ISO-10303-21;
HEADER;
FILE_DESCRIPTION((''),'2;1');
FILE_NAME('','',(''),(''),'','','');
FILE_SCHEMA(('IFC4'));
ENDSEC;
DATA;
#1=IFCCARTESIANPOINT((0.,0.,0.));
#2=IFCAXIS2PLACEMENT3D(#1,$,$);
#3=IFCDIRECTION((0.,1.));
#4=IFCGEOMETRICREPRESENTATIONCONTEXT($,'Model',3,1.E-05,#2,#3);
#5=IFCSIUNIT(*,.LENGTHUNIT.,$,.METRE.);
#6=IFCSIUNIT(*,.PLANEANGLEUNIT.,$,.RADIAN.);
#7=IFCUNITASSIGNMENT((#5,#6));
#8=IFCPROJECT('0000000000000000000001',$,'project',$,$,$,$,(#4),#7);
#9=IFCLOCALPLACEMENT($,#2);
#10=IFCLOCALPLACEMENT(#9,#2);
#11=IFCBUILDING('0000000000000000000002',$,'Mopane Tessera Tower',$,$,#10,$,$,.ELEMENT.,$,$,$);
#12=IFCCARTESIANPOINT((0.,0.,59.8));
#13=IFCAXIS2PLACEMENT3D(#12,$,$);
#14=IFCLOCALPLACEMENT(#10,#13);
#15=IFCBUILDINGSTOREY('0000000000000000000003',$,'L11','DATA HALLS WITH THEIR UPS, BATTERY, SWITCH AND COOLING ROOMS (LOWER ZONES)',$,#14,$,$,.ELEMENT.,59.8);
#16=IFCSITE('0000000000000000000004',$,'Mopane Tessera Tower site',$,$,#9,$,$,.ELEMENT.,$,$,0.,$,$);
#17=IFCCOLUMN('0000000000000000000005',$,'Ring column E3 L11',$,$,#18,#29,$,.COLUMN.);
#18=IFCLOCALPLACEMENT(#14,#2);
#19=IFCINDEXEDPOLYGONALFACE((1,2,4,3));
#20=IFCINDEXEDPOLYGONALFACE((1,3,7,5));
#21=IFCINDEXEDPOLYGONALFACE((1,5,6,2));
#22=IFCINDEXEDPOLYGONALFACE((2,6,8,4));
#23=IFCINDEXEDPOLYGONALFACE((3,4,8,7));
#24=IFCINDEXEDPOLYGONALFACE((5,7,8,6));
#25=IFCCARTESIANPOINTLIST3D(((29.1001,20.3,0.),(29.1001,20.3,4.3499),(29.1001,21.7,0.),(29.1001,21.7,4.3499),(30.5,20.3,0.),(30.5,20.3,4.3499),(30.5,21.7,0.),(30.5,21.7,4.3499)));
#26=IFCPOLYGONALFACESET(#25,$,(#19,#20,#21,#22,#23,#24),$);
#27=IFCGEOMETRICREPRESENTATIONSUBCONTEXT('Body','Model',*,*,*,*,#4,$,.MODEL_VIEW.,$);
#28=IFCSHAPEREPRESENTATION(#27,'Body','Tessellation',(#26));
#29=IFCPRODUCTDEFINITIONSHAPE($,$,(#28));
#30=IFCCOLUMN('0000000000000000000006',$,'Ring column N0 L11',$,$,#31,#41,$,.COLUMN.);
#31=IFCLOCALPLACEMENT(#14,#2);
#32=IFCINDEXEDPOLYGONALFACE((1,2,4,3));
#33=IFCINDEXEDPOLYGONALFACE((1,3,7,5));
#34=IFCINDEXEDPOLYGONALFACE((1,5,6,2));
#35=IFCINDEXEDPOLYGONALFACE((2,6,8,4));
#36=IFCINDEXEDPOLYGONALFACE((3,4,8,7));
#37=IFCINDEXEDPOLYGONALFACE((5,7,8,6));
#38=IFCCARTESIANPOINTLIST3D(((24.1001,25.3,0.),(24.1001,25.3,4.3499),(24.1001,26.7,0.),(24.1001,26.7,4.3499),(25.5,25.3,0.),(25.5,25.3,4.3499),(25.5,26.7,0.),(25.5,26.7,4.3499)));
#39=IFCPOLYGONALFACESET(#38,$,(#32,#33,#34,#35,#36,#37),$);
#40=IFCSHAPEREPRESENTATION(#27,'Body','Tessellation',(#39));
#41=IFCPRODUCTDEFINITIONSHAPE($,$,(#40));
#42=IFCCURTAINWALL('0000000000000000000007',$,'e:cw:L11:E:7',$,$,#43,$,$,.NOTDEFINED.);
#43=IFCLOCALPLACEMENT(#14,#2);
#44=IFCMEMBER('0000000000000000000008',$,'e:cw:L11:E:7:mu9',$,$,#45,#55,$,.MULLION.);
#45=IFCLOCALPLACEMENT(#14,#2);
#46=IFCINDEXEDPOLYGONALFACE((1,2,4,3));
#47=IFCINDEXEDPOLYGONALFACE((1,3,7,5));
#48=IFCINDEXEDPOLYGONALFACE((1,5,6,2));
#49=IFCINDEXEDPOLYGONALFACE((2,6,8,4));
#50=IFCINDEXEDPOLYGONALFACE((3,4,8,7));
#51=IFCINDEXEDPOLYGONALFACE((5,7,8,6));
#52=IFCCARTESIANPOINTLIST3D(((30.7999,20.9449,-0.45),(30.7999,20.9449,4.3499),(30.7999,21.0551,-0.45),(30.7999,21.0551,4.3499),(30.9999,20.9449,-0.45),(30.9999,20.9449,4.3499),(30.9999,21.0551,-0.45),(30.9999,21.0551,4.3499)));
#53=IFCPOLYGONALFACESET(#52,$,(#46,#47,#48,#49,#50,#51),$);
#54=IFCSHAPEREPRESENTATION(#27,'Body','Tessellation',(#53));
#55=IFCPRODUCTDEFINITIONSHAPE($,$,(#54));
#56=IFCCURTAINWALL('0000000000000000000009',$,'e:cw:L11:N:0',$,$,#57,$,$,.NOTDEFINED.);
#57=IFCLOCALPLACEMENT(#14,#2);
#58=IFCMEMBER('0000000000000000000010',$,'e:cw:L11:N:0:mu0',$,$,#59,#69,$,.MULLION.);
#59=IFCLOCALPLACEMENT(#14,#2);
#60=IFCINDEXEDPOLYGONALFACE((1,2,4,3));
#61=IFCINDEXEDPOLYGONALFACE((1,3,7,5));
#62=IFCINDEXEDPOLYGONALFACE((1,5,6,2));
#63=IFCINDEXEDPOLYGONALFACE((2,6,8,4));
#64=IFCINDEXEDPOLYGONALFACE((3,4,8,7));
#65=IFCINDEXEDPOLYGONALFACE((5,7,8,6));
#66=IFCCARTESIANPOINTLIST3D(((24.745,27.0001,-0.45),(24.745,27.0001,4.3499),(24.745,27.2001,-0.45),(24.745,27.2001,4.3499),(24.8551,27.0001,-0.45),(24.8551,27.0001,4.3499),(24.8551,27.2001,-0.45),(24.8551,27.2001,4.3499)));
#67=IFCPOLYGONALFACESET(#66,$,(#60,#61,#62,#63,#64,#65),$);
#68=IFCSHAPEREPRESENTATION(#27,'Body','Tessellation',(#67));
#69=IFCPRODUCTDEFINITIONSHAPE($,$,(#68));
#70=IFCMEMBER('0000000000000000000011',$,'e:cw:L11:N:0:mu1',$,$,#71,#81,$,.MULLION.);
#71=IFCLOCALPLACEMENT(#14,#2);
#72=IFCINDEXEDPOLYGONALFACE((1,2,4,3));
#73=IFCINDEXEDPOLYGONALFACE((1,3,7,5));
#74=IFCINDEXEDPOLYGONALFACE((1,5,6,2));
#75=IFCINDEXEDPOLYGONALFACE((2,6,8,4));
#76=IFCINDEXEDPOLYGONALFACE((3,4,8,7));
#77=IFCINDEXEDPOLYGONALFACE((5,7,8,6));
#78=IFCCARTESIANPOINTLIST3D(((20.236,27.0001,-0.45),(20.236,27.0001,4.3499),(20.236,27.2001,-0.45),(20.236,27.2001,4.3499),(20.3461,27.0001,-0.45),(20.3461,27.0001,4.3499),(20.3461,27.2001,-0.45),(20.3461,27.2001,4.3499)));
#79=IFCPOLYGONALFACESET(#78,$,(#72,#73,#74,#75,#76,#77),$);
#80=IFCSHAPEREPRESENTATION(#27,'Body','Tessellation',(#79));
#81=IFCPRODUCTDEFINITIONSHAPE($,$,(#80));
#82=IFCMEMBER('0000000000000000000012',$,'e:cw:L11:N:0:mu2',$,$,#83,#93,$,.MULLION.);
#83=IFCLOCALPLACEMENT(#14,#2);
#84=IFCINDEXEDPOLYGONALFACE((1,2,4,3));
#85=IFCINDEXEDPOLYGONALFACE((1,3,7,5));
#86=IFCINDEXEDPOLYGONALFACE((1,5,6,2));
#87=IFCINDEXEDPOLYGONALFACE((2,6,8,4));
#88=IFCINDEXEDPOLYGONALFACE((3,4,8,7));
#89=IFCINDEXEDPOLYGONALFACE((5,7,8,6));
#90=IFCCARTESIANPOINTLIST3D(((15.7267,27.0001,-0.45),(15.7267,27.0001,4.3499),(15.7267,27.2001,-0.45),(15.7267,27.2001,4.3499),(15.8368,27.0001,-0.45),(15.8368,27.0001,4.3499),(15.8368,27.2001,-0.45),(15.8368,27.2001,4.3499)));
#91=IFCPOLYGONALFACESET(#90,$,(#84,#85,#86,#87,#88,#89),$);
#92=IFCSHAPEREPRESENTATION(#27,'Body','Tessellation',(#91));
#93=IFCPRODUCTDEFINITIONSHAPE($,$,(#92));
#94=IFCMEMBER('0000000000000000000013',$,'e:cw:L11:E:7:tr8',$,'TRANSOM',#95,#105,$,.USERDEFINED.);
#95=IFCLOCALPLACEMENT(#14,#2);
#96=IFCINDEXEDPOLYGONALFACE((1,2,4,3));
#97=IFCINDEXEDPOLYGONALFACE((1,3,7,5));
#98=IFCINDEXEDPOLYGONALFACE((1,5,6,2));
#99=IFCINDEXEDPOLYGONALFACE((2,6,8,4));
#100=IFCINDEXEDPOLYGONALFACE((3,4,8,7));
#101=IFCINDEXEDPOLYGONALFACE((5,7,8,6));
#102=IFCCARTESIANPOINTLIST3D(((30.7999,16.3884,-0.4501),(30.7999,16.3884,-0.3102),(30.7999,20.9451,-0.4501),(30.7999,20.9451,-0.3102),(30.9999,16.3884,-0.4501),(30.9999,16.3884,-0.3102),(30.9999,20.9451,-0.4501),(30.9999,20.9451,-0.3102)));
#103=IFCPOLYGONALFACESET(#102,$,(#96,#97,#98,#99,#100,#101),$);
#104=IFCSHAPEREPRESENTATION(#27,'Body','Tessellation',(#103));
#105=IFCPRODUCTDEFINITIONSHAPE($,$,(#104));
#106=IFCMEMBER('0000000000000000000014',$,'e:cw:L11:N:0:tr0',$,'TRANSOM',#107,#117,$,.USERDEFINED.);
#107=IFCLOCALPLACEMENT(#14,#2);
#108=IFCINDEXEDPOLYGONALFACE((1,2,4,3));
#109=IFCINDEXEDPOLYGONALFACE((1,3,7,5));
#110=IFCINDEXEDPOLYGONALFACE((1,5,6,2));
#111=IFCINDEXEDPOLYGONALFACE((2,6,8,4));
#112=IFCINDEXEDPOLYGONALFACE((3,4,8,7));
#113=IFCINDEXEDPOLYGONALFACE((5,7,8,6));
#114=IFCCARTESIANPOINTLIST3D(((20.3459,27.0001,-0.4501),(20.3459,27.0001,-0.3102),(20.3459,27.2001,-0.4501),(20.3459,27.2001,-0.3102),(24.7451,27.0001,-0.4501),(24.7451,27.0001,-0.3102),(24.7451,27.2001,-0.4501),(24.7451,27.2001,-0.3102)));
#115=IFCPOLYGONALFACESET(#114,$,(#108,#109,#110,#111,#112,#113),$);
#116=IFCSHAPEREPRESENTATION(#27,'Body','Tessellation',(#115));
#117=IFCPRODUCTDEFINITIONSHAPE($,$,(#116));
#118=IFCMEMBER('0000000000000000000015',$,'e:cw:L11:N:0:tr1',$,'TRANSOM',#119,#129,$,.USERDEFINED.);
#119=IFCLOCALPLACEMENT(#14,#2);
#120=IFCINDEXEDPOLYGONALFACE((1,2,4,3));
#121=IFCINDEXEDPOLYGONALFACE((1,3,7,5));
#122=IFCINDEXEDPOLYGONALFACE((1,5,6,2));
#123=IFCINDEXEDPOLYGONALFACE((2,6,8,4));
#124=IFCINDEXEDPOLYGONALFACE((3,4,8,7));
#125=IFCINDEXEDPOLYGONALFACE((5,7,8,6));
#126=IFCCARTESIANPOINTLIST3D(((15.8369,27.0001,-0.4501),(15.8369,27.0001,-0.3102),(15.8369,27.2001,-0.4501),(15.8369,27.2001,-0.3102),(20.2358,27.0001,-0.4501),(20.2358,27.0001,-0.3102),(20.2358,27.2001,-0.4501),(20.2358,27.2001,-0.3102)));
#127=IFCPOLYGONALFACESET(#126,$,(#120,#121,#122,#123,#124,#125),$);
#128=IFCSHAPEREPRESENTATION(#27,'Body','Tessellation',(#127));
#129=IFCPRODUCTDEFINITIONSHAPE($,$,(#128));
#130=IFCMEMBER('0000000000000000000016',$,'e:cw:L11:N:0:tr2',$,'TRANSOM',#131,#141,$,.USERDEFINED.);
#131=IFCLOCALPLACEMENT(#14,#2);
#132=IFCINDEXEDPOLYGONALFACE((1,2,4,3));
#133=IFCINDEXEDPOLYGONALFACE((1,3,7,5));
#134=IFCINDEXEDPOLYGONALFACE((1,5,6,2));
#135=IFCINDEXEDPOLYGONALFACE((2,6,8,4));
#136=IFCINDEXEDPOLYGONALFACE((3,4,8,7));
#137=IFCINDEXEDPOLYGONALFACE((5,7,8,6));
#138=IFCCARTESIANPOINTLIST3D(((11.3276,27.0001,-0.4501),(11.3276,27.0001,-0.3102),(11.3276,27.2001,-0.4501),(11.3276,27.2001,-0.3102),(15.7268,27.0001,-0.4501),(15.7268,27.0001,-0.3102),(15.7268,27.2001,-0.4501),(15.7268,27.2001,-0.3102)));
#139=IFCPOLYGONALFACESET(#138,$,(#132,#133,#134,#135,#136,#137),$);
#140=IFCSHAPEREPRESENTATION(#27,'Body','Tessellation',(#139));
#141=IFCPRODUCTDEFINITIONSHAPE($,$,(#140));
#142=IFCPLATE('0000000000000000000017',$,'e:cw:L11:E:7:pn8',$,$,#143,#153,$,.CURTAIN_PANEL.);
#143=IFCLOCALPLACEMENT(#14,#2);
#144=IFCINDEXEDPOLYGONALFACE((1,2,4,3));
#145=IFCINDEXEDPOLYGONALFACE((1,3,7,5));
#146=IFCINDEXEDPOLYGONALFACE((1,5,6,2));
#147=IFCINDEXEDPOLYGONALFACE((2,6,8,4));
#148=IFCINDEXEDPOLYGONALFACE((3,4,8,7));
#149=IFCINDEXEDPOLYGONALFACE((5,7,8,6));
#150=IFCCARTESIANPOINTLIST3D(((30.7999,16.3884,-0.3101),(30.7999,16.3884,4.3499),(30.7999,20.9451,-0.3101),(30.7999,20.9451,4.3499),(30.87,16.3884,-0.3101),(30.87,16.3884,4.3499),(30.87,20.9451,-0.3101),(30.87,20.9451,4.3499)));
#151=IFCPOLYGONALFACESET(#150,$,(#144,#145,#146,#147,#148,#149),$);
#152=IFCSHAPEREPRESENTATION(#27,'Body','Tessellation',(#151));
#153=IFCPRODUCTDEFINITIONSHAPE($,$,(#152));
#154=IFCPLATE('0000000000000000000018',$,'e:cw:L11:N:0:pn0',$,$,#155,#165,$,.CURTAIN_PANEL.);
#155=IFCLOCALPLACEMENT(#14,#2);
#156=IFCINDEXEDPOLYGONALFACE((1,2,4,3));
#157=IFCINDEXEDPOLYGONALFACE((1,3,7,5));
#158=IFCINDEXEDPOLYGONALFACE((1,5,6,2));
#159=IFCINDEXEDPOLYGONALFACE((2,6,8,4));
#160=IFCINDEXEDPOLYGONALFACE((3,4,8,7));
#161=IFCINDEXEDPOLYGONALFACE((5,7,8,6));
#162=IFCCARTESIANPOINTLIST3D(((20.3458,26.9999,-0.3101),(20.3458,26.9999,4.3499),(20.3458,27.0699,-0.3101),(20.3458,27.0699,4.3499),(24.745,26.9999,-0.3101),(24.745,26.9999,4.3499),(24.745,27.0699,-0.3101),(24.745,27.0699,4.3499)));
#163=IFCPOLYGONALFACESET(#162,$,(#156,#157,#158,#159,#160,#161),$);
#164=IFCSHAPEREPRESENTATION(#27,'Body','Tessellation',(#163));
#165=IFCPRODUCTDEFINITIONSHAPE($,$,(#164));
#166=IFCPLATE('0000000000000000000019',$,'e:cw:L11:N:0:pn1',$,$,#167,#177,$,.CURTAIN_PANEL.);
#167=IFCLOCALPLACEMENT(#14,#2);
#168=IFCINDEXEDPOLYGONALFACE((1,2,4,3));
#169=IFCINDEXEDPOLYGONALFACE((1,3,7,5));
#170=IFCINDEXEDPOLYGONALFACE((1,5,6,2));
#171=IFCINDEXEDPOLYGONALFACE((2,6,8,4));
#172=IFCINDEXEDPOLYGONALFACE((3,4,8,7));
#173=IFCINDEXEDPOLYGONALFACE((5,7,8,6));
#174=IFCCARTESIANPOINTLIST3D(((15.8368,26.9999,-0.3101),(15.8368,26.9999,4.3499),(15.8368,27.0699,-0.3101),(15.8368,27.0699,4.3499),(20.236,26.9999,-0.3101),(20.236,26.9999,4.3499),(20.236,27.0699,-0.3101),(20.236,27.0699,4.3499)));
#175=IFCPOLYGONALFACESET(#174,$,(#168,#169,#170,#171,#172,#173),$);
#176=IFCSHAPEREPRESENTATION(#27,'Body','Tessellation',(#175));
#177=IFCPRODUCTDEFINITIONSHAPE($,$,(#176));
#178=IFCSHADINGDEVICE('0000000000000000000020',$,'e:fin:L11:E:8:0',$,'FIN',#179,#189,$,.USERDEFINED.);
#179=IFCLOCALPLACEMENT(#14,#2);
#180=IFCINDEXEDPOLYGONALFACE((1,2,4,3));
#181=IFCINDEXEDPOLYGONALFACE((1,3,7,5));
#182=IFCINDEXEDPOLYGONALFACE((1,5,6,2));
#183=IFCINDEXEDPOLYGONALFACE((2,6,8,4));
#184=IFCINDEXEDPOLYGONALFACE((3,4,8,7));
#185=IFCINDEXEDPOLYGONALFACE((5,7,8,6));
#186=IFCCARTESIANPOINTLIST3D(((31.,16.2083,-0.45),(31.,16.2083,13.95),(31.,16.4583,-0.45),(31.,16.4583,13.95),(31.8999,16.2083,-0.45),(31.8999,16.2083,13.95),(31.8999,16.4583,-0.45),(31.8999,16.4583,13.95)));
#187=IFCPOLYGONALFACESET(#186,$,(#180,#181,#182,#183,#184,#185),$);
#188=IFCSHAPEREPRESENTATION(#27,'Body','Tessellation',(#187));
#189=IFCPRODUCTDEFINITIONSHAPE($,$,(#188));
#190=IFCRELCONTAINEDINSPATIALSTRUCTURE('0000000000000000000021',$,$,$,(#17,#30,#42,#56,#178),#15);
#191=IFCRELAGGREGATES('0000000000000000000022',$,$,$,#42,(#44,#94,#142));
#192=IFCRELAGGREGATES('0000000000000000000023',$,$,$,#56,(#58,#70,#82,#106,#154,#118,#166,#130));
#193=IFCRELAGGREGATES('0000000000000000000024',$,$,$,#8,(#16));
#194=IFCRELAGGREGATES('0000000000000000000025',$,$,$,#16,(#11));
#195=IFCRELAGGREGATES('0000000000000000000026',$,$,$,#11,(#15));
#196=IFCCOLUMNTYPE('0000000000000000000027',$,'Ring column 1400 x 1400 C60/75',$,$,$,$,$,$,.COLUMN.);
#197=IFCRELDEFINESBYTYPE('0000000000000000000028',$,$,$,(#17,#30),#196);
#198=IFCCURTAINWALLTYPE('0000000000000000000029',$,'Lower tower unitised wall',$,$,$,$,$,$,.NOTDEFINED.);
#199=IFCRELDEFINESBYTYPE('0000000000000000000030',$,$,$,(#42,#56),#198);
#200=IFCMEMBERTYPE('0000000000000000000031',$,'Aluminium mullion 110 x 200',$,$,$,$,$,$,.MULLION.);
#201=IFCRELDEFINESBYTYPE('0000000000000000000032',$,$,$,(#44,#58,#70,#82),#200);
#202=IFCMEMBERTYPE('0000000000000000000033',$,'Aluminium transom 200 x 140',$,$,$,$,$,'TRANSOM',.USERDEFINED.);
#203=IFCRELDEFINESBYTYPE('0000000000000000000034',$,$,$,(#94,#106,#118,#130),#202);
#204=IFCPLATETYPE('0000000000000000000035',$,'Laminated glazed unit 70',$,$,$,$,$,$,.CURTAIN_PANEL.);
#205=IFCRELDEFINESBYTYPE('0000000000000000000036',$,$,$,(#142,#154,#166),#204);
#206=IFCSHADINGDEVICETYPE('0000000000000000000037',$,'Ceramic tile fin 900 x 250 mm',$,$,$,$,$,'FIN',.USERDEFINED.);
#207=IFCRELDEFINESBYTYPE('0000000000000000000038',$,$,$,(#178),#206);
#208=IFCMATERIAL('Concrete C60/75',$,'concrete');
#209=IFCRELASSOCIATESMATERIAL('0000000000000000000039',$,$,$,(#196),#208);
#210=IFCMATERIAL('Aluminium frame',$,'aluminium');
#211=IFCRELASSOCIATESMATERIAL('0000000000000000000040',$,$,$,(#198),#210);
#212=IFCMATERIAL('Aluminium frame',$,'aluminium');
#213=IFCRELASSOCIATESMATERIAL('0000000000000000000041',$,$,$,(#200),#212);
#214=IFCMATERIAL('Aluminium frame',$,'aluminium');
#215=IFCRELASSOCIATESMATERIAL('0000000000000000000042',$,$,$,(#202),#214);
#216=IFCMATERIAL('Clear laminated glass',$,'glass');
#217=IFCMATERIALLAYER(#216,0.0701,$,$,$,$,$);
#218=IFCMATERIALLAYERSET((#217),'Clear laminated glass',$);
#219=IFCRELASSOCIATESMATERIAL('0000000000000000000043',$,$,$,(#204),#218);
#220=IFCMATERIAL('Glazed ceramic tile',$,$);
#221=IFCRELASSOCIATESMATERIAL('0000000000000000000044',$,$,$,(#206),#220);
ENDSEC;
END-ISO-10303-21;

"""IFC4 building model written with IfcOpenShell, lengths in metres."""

from ifc_helpers import new_model, si_unit, direction, frame, origin, origin_2d, place, context, subcontext, project, spatial, rectangle, extrude, material, layer, layer_set, material_profile, profile_set, type_object, element, aggregate, save


model = new_model("IFC4")

# Units and contexts
model_context = context("Model", 3, precision=1e-05, world=origin(), true_north=direction((0.0, 1.0)))
body_context = subcontext(model_context, "Body", "Model", "MODEL_VIEW")
ifc_project = project(units=[si_unit("LENGTHUNIT", "METRE"), si_unit("PLANEANGLEUNIT", "RADIAN")], contexts=[model_context])

# Site, building, storey
site_placement = place(None, origin())
site = spatial("IfcSite", under=ifc_project, at=site_placement, Name="Mopane Tessera Tower site", CompositionType="ELEMENT", RefElevation=0.0)
building_placement = place(site_placement, origin())
building = spatial("IfcBuilding", under=site, at=building_placement, Name="Mopane Tessera Tower", CompositionType="ELEMENT")
storey_placement = place(building_placement, frame((0.0, 0.0, 59.8)))
storey = spatial("IfcBuildingStorey", under=building, at=storey_placement, Name="L11", Description="DATA HALLS WITH THEIR UPS, BATTERY, SWITCH AND COOLING ROOMS (LOWER ZONES)", CompositionType="ELEMENT", Elevation=59.8)

# Columns
ifc_material_1 = material(Name="Concrete C60/75", Category="concrete")
ifc_material_profile_1 = material_profile(ifc_material_1, rectangle(XDim=1.3999, YDim=1.3999, at=origin_2d()))
ifc_profile_set_1 = profile_set([ifc_material_profile_1], Name="Concrete C60/75")
column_type = type_object("IfcColumnType", Name="Ring column 1400 x 1400 C60/75", PredefinedType="COLUMN", material=ifc_profile_set_1)
for number, where, z_axis, x_axis, name in (
    (1, (29.8, 21.0, 0.0), (0.0, 0.0, 1.0), (1.0, 0.0, 0.0), "Ring column E3 L11"),
    (2, (24.8, 26.0, 0.0), (0.0, 0.0, 1.0), (1.0, 0.0, 0.0), "Ring column N0 L11"),
):
    element("IfcColumn", number, at=place(storey_placement, frame(where, z_axis=z_axis, x_axis=x_axis)), inside=storey, type_object=column_type, Name=name, PredefinedType="COLUMN", context=body_context, shape_type="SweptSolid", body=[
        extrude(rectangle(XDim=1.3999, YDim=1.3999, at=origin_2d()), origin(), (0.0, 0.0, 1.0), 4.3499),
    ])

# Curtain wall, member
ifc_material_2 = material(Name="Aluminium frame", Category="aluminium")
curtain_wall_type = type_object("IfcCurtainWallType", Name="Lower tower unitised wall", PredefinedType="NOTDEFINED", material=ifc_material_2)
curtain_wall_1_placement = place(storey_placement, origin())
curtain_wall_1 = element("IfcCurtainWall", 3, at=curtain_wall_1_placement, inside=storey, type_object=curtain_wall_type, Name="e:cw:L11:E:7", PredefinedType="NOTDEFINED")
ifc_material_3 = material(Name="Aluminium frame", Category="aluminium")
ifc_material_profile_2 = material_profile(ifc_material_3, rectangle(XDim=0.1101, YDim=0.2, at=origin_2d()))
ifc_profile_set_2 = profile_set([ifc_material_profile_2], Name="Aluminium frame")
member_type_1 = type_object("IfcMemberType", Name="Aluminium mullion 110 x 200", PredefinedType="MULLION", material=ifc_profile_set_2)
member_1_placement = place(storey_placement, frame((30.8999, 21.0, -0.45), z_axis=(0.0, 0.0, 1.0), x_axis=(0.0, 1.0, 0.0)))
member_1 = element("IfcMember", 4, at=member_1_placement, type_object=member_type_1, Name="e:cw:L11:E:7:mu9", PredefinedType="MULLION", context=body_context, shape_type="SweptSolid", body=[
    extrude(rectangle(XDim=0.1101, YDim=0.2, at=origin_2d()), origin(), (0.0, 0.0, 1.0), 4.7998),
])

# Curtain wall, members
curtain_wall_2_placement = place(storey_placement, origin())
curtain_wall_2 = element("IfcCurtainWall", 5, at=curtain_wall_2_placement, inside=storey, type_object=curtain_wall_type, Name="e:cw:L11:N:0", PredefinedType="NOTDEFINED")
member_2_placement = place(storey_placement, frame((24.8, 27.1001, -0.45), z_axis=(0.0, 0.0, 1.0), x_axis=(-1.0, 0.0, 0.0)))
member_2 = element("IfcMember", 6, at=member_2_placement, type_object=member_type_1, Name="e:cw:L11:N:0:mu0", PredefinedType="MULLION", context=body_context, shape_type="SweptSolid", body=[
    extrude(rectangle(XDim=0.1101, YDim=0.2, at=origin_2d()), origin(), (0.0, 0.0, 1.0), 4.7998),
])
member_3_placement = place(storey_placement, frame((20.291, 27.1001, -0.45), z_axis=(0.0, 0.0, 1.0), x_axis=(-1.0, 0.0, 0.0)))
member_3 = element("IfcMember", 7, at=member_3_placement, type_object=member_type_1, Name="e:cw:L11:N:0:mu1", PredefinedType="MULLION", context=body_context, shape_type="SweptSolid", body=[
    extrude(rectangle(XDim=0.1101, YDim=0.2, at=origin_2d()), origin(), (0.0, 0.0, 1.0), 4.7998),
])
member_4_placement = place(storey_placement, frame((15.7817, 27.1001, -0.45), z_axis=(0.0, 0.0, 1.0), x_axis=(-1.0, 0.0, 0.0)))
member_4 = element("IfcMember", 8, at=member_4_placement, type_object=member_type_1, Name="e:cw:L11:N:0:mu2", PredefinedType="MULLION", context=body_context, shape_type="SweptSolid", body=[
    extrude(rectangle(XDim=0.1101, YDim=0.2, at=origin_2d()), origin(), (0.0, 0.0, 1.0), 4.7998),
])

# Members
ifc_material_4 = material(Name="Aluminium frame", Category="aluminium")
ifc_material_profile_3 = material_profile(ifc_material_4, rectangle(XDim=0.2, YDim=0.1399, at=origin_2d()))
ifc_profile_set_3 = profile_set([ifc_material_profile_3], Name="Aluminium frame")
member_type_2 = type_object("IfcMemberType", Name="Aluminium transom 200 x 140", ElementType="TRANSOM", PredefinedType="USERDEFINED", material=ifc_profile_set_3)
member_5_placement = place(storey_placement, frame((30.8999, 16.3884, -0.3801), z_axis=(0.0, 1.0, 0.0), x_axis=(-1.0, 0.0, 0.0)))
member_5 = element("IfcMember", 9, at=member_5_placement, type_object=member_type_2, Name="e:cw:L11:E:7:tr8", ObjectType="TRANSOM", PredefinedType="USERDEFINED", context=body_context, shape_type="SweptSolid", body=[
    extrude(rectangle(XDim=0.2, YDim=0.1399, at=origin_2d()), origin(), (0.0, 0.0, 1.0), 4.5566),
])
member_6_placement = place(storey_placement, frame((24.7451, 27.1001, -0.3801), z_axis=(-1.0, 0.0, 0.0), x_axis=(0.0, -1.0, 0.0)))
member_6 = element("IfcMember", 10, at=member_6_placement, type_object=member_type_2, Name="e:cw:L11:N:0:tr0", ObjectType="TRANSOM", PredefinedType="USERDEFINED", context=body_context, shape_type="SweptSolid", body=[
    extrude(rectangle(XDim=0.2, YDim=0.1399, at=origin_2d()), origin(), (0.0, 0.0, 1.0), 4.3992),
])
member_7_placement = place(storey_placement, frame((20.2358, 27.1001, -0.3801), z_axis=(-1.0, 0.0, 0.0), x_axis=(0.0, -1.0, 0.0)))
member_7 = element("IfcMember", 11, at=member_7_placement, type_object=member_type_2, Name="e:cw:L11:N:0:tr1", ObjectType="TRANSOM", PredefinedType="USERDEFINED", context=body_context, shape_type="SweptSolid", body=[
    extrude(rectangle(XDim=0.2, YDim=0.1399, at=origin_2d()), origin(), (0.0, 0.0, 1.0), 4.3989),
])
member_8_placement = place(storey_placement, frame((15.7268, 27.1001, -0.3801), z_axis=(-1.0, 0.0, 0.0), x_axis=(0.0, -1.0, 0.0)))
member_8 = element("IfcMember", 12, at=member_8_placement, type_object=member_type_2, Name="e:cw:L11:N:0:tr2", ObjectType="TRANSOM", PredefinedType="USERDEFINED", context=body_context, shape_type="SweptSolid", body=[
    extrude(rectangle(XDim=0.2, YDim=0.1399, at=origin_2d()), origin(), (0.0, 0.0, 1.0), 4.3992),
])

# Plates
ifc_material_5 = material(Name="Clear laminated glass", Category="glass")
ifc_layer = layer(ifc_material_5, 0.0701)
ifc_layer_set = layer_set([ifc_layer], Name="Clear laminated glass")
plate_type = type_object("IfcPlateType", Name="Laminated glazed unit 70", PredefinedType="CURTAIN_PANEL", material=ifc_layer_set)
plate_1_placement = place(storey_placement, frame((30.835, 18.6667, -0.3101), z_axis=(0.0, 0.0, 1.0), x_axis=(0.0, 1.0, 0.0)))
plate_1 = element("IfcPlate", 13, at=plate_1_placement, type_object=plate_type, Name="e:cw:L11:E:7:pn8", PredefinedType="CURTAIN_PANEL", context=body_context, shape_type="SweptSolid", body=[
    extrude(rectangle(XDim=4.5566, YDim=0.0701, at=origin_2d()), origin(), (0.0, 0.0, 1.0), 4.6599),
])
aggregate(curtain_wall_1, [member_1, member_5, plate_1])
plate_2_placement = place(storey_placement, frame((22.5454, 27.0349, -0.3101), z_axis=(0.0, 0.0, 1.0), x_axis=(-1.0, 0.0, 0.0)))
plate_2 = element("IfcPlate", 14, at=plate_2_placement, type_object=plate_type, Name="e:cw:L11:N:0:pn0", PredefinedType="CURTAIN_PANEL", context=body_context, shape_type="SweptSolid", body=[
    extrude(rectangle(XDim=4.3992, YDim=0.0701, at=origin_2d()), origin(), (0.0, 0.0, 1.0), 4.6599),
])
plate_3_placement = place(storey_placement, frame((18.0364, 27.0349, -0.3101), z_axis=(0.0, 0.0, 1.0), x_axis=(-1.0, 0.0, 0.0)))
plate_3 = element("IfcPlate", 15, at=plate_3_placement, type_object=plate_type, Name="e:cw:L11:N:0:pn1", PredefinedType="CURTAIN_PANEL", context=body_context, shape_type="SweptSolid", body=[
    extrude(rectangle(XDim=4.3992, YDim=0.0701, at=origin_2d()), origin(), (0.0, 0.0, 1.0), 4.6599),
])
aggregate(curtain_wall_2, [member_2, member_3, member_4, member_6, plate_2, member_7, plate_3, member_8])

# Shading device
ifc_material_6 = material(Name="Glazed ceramic tile")
shading_device_type = type_object("IfcShadingDeviceType", Name="Ceramic tile fin 900 x 250 mm", ElementType="FIN", PredefinedType="USERDEFINED", material=ifc_material_6)
for number, where, z_axis, x_axis, name in (
    (16, (31.45, 16.3333, -0.45), (0.0, 0.0, 1.0), (0.0, 1.0, 0.0), "e:fin:L11:E:8:0"),
):
    element("IfcShadingDevice", number, at=place(storey_placement, frame(where, z_axis=z_axis, x_axis=x_axis)), inside=storey, type_object=shading_device_type, Name=name, ObjectType="FIN", PredefinedType="USERDEFINED", context=body_context, shape_type="SweptSolid", body=[
        extrude(rectangle(XDim=0.25, YDim=0.8999, at=origin_2d()), origin(), (0.0, 0.0, 1.0), 14.3999),
    ])

save(model, "model.ifc")
